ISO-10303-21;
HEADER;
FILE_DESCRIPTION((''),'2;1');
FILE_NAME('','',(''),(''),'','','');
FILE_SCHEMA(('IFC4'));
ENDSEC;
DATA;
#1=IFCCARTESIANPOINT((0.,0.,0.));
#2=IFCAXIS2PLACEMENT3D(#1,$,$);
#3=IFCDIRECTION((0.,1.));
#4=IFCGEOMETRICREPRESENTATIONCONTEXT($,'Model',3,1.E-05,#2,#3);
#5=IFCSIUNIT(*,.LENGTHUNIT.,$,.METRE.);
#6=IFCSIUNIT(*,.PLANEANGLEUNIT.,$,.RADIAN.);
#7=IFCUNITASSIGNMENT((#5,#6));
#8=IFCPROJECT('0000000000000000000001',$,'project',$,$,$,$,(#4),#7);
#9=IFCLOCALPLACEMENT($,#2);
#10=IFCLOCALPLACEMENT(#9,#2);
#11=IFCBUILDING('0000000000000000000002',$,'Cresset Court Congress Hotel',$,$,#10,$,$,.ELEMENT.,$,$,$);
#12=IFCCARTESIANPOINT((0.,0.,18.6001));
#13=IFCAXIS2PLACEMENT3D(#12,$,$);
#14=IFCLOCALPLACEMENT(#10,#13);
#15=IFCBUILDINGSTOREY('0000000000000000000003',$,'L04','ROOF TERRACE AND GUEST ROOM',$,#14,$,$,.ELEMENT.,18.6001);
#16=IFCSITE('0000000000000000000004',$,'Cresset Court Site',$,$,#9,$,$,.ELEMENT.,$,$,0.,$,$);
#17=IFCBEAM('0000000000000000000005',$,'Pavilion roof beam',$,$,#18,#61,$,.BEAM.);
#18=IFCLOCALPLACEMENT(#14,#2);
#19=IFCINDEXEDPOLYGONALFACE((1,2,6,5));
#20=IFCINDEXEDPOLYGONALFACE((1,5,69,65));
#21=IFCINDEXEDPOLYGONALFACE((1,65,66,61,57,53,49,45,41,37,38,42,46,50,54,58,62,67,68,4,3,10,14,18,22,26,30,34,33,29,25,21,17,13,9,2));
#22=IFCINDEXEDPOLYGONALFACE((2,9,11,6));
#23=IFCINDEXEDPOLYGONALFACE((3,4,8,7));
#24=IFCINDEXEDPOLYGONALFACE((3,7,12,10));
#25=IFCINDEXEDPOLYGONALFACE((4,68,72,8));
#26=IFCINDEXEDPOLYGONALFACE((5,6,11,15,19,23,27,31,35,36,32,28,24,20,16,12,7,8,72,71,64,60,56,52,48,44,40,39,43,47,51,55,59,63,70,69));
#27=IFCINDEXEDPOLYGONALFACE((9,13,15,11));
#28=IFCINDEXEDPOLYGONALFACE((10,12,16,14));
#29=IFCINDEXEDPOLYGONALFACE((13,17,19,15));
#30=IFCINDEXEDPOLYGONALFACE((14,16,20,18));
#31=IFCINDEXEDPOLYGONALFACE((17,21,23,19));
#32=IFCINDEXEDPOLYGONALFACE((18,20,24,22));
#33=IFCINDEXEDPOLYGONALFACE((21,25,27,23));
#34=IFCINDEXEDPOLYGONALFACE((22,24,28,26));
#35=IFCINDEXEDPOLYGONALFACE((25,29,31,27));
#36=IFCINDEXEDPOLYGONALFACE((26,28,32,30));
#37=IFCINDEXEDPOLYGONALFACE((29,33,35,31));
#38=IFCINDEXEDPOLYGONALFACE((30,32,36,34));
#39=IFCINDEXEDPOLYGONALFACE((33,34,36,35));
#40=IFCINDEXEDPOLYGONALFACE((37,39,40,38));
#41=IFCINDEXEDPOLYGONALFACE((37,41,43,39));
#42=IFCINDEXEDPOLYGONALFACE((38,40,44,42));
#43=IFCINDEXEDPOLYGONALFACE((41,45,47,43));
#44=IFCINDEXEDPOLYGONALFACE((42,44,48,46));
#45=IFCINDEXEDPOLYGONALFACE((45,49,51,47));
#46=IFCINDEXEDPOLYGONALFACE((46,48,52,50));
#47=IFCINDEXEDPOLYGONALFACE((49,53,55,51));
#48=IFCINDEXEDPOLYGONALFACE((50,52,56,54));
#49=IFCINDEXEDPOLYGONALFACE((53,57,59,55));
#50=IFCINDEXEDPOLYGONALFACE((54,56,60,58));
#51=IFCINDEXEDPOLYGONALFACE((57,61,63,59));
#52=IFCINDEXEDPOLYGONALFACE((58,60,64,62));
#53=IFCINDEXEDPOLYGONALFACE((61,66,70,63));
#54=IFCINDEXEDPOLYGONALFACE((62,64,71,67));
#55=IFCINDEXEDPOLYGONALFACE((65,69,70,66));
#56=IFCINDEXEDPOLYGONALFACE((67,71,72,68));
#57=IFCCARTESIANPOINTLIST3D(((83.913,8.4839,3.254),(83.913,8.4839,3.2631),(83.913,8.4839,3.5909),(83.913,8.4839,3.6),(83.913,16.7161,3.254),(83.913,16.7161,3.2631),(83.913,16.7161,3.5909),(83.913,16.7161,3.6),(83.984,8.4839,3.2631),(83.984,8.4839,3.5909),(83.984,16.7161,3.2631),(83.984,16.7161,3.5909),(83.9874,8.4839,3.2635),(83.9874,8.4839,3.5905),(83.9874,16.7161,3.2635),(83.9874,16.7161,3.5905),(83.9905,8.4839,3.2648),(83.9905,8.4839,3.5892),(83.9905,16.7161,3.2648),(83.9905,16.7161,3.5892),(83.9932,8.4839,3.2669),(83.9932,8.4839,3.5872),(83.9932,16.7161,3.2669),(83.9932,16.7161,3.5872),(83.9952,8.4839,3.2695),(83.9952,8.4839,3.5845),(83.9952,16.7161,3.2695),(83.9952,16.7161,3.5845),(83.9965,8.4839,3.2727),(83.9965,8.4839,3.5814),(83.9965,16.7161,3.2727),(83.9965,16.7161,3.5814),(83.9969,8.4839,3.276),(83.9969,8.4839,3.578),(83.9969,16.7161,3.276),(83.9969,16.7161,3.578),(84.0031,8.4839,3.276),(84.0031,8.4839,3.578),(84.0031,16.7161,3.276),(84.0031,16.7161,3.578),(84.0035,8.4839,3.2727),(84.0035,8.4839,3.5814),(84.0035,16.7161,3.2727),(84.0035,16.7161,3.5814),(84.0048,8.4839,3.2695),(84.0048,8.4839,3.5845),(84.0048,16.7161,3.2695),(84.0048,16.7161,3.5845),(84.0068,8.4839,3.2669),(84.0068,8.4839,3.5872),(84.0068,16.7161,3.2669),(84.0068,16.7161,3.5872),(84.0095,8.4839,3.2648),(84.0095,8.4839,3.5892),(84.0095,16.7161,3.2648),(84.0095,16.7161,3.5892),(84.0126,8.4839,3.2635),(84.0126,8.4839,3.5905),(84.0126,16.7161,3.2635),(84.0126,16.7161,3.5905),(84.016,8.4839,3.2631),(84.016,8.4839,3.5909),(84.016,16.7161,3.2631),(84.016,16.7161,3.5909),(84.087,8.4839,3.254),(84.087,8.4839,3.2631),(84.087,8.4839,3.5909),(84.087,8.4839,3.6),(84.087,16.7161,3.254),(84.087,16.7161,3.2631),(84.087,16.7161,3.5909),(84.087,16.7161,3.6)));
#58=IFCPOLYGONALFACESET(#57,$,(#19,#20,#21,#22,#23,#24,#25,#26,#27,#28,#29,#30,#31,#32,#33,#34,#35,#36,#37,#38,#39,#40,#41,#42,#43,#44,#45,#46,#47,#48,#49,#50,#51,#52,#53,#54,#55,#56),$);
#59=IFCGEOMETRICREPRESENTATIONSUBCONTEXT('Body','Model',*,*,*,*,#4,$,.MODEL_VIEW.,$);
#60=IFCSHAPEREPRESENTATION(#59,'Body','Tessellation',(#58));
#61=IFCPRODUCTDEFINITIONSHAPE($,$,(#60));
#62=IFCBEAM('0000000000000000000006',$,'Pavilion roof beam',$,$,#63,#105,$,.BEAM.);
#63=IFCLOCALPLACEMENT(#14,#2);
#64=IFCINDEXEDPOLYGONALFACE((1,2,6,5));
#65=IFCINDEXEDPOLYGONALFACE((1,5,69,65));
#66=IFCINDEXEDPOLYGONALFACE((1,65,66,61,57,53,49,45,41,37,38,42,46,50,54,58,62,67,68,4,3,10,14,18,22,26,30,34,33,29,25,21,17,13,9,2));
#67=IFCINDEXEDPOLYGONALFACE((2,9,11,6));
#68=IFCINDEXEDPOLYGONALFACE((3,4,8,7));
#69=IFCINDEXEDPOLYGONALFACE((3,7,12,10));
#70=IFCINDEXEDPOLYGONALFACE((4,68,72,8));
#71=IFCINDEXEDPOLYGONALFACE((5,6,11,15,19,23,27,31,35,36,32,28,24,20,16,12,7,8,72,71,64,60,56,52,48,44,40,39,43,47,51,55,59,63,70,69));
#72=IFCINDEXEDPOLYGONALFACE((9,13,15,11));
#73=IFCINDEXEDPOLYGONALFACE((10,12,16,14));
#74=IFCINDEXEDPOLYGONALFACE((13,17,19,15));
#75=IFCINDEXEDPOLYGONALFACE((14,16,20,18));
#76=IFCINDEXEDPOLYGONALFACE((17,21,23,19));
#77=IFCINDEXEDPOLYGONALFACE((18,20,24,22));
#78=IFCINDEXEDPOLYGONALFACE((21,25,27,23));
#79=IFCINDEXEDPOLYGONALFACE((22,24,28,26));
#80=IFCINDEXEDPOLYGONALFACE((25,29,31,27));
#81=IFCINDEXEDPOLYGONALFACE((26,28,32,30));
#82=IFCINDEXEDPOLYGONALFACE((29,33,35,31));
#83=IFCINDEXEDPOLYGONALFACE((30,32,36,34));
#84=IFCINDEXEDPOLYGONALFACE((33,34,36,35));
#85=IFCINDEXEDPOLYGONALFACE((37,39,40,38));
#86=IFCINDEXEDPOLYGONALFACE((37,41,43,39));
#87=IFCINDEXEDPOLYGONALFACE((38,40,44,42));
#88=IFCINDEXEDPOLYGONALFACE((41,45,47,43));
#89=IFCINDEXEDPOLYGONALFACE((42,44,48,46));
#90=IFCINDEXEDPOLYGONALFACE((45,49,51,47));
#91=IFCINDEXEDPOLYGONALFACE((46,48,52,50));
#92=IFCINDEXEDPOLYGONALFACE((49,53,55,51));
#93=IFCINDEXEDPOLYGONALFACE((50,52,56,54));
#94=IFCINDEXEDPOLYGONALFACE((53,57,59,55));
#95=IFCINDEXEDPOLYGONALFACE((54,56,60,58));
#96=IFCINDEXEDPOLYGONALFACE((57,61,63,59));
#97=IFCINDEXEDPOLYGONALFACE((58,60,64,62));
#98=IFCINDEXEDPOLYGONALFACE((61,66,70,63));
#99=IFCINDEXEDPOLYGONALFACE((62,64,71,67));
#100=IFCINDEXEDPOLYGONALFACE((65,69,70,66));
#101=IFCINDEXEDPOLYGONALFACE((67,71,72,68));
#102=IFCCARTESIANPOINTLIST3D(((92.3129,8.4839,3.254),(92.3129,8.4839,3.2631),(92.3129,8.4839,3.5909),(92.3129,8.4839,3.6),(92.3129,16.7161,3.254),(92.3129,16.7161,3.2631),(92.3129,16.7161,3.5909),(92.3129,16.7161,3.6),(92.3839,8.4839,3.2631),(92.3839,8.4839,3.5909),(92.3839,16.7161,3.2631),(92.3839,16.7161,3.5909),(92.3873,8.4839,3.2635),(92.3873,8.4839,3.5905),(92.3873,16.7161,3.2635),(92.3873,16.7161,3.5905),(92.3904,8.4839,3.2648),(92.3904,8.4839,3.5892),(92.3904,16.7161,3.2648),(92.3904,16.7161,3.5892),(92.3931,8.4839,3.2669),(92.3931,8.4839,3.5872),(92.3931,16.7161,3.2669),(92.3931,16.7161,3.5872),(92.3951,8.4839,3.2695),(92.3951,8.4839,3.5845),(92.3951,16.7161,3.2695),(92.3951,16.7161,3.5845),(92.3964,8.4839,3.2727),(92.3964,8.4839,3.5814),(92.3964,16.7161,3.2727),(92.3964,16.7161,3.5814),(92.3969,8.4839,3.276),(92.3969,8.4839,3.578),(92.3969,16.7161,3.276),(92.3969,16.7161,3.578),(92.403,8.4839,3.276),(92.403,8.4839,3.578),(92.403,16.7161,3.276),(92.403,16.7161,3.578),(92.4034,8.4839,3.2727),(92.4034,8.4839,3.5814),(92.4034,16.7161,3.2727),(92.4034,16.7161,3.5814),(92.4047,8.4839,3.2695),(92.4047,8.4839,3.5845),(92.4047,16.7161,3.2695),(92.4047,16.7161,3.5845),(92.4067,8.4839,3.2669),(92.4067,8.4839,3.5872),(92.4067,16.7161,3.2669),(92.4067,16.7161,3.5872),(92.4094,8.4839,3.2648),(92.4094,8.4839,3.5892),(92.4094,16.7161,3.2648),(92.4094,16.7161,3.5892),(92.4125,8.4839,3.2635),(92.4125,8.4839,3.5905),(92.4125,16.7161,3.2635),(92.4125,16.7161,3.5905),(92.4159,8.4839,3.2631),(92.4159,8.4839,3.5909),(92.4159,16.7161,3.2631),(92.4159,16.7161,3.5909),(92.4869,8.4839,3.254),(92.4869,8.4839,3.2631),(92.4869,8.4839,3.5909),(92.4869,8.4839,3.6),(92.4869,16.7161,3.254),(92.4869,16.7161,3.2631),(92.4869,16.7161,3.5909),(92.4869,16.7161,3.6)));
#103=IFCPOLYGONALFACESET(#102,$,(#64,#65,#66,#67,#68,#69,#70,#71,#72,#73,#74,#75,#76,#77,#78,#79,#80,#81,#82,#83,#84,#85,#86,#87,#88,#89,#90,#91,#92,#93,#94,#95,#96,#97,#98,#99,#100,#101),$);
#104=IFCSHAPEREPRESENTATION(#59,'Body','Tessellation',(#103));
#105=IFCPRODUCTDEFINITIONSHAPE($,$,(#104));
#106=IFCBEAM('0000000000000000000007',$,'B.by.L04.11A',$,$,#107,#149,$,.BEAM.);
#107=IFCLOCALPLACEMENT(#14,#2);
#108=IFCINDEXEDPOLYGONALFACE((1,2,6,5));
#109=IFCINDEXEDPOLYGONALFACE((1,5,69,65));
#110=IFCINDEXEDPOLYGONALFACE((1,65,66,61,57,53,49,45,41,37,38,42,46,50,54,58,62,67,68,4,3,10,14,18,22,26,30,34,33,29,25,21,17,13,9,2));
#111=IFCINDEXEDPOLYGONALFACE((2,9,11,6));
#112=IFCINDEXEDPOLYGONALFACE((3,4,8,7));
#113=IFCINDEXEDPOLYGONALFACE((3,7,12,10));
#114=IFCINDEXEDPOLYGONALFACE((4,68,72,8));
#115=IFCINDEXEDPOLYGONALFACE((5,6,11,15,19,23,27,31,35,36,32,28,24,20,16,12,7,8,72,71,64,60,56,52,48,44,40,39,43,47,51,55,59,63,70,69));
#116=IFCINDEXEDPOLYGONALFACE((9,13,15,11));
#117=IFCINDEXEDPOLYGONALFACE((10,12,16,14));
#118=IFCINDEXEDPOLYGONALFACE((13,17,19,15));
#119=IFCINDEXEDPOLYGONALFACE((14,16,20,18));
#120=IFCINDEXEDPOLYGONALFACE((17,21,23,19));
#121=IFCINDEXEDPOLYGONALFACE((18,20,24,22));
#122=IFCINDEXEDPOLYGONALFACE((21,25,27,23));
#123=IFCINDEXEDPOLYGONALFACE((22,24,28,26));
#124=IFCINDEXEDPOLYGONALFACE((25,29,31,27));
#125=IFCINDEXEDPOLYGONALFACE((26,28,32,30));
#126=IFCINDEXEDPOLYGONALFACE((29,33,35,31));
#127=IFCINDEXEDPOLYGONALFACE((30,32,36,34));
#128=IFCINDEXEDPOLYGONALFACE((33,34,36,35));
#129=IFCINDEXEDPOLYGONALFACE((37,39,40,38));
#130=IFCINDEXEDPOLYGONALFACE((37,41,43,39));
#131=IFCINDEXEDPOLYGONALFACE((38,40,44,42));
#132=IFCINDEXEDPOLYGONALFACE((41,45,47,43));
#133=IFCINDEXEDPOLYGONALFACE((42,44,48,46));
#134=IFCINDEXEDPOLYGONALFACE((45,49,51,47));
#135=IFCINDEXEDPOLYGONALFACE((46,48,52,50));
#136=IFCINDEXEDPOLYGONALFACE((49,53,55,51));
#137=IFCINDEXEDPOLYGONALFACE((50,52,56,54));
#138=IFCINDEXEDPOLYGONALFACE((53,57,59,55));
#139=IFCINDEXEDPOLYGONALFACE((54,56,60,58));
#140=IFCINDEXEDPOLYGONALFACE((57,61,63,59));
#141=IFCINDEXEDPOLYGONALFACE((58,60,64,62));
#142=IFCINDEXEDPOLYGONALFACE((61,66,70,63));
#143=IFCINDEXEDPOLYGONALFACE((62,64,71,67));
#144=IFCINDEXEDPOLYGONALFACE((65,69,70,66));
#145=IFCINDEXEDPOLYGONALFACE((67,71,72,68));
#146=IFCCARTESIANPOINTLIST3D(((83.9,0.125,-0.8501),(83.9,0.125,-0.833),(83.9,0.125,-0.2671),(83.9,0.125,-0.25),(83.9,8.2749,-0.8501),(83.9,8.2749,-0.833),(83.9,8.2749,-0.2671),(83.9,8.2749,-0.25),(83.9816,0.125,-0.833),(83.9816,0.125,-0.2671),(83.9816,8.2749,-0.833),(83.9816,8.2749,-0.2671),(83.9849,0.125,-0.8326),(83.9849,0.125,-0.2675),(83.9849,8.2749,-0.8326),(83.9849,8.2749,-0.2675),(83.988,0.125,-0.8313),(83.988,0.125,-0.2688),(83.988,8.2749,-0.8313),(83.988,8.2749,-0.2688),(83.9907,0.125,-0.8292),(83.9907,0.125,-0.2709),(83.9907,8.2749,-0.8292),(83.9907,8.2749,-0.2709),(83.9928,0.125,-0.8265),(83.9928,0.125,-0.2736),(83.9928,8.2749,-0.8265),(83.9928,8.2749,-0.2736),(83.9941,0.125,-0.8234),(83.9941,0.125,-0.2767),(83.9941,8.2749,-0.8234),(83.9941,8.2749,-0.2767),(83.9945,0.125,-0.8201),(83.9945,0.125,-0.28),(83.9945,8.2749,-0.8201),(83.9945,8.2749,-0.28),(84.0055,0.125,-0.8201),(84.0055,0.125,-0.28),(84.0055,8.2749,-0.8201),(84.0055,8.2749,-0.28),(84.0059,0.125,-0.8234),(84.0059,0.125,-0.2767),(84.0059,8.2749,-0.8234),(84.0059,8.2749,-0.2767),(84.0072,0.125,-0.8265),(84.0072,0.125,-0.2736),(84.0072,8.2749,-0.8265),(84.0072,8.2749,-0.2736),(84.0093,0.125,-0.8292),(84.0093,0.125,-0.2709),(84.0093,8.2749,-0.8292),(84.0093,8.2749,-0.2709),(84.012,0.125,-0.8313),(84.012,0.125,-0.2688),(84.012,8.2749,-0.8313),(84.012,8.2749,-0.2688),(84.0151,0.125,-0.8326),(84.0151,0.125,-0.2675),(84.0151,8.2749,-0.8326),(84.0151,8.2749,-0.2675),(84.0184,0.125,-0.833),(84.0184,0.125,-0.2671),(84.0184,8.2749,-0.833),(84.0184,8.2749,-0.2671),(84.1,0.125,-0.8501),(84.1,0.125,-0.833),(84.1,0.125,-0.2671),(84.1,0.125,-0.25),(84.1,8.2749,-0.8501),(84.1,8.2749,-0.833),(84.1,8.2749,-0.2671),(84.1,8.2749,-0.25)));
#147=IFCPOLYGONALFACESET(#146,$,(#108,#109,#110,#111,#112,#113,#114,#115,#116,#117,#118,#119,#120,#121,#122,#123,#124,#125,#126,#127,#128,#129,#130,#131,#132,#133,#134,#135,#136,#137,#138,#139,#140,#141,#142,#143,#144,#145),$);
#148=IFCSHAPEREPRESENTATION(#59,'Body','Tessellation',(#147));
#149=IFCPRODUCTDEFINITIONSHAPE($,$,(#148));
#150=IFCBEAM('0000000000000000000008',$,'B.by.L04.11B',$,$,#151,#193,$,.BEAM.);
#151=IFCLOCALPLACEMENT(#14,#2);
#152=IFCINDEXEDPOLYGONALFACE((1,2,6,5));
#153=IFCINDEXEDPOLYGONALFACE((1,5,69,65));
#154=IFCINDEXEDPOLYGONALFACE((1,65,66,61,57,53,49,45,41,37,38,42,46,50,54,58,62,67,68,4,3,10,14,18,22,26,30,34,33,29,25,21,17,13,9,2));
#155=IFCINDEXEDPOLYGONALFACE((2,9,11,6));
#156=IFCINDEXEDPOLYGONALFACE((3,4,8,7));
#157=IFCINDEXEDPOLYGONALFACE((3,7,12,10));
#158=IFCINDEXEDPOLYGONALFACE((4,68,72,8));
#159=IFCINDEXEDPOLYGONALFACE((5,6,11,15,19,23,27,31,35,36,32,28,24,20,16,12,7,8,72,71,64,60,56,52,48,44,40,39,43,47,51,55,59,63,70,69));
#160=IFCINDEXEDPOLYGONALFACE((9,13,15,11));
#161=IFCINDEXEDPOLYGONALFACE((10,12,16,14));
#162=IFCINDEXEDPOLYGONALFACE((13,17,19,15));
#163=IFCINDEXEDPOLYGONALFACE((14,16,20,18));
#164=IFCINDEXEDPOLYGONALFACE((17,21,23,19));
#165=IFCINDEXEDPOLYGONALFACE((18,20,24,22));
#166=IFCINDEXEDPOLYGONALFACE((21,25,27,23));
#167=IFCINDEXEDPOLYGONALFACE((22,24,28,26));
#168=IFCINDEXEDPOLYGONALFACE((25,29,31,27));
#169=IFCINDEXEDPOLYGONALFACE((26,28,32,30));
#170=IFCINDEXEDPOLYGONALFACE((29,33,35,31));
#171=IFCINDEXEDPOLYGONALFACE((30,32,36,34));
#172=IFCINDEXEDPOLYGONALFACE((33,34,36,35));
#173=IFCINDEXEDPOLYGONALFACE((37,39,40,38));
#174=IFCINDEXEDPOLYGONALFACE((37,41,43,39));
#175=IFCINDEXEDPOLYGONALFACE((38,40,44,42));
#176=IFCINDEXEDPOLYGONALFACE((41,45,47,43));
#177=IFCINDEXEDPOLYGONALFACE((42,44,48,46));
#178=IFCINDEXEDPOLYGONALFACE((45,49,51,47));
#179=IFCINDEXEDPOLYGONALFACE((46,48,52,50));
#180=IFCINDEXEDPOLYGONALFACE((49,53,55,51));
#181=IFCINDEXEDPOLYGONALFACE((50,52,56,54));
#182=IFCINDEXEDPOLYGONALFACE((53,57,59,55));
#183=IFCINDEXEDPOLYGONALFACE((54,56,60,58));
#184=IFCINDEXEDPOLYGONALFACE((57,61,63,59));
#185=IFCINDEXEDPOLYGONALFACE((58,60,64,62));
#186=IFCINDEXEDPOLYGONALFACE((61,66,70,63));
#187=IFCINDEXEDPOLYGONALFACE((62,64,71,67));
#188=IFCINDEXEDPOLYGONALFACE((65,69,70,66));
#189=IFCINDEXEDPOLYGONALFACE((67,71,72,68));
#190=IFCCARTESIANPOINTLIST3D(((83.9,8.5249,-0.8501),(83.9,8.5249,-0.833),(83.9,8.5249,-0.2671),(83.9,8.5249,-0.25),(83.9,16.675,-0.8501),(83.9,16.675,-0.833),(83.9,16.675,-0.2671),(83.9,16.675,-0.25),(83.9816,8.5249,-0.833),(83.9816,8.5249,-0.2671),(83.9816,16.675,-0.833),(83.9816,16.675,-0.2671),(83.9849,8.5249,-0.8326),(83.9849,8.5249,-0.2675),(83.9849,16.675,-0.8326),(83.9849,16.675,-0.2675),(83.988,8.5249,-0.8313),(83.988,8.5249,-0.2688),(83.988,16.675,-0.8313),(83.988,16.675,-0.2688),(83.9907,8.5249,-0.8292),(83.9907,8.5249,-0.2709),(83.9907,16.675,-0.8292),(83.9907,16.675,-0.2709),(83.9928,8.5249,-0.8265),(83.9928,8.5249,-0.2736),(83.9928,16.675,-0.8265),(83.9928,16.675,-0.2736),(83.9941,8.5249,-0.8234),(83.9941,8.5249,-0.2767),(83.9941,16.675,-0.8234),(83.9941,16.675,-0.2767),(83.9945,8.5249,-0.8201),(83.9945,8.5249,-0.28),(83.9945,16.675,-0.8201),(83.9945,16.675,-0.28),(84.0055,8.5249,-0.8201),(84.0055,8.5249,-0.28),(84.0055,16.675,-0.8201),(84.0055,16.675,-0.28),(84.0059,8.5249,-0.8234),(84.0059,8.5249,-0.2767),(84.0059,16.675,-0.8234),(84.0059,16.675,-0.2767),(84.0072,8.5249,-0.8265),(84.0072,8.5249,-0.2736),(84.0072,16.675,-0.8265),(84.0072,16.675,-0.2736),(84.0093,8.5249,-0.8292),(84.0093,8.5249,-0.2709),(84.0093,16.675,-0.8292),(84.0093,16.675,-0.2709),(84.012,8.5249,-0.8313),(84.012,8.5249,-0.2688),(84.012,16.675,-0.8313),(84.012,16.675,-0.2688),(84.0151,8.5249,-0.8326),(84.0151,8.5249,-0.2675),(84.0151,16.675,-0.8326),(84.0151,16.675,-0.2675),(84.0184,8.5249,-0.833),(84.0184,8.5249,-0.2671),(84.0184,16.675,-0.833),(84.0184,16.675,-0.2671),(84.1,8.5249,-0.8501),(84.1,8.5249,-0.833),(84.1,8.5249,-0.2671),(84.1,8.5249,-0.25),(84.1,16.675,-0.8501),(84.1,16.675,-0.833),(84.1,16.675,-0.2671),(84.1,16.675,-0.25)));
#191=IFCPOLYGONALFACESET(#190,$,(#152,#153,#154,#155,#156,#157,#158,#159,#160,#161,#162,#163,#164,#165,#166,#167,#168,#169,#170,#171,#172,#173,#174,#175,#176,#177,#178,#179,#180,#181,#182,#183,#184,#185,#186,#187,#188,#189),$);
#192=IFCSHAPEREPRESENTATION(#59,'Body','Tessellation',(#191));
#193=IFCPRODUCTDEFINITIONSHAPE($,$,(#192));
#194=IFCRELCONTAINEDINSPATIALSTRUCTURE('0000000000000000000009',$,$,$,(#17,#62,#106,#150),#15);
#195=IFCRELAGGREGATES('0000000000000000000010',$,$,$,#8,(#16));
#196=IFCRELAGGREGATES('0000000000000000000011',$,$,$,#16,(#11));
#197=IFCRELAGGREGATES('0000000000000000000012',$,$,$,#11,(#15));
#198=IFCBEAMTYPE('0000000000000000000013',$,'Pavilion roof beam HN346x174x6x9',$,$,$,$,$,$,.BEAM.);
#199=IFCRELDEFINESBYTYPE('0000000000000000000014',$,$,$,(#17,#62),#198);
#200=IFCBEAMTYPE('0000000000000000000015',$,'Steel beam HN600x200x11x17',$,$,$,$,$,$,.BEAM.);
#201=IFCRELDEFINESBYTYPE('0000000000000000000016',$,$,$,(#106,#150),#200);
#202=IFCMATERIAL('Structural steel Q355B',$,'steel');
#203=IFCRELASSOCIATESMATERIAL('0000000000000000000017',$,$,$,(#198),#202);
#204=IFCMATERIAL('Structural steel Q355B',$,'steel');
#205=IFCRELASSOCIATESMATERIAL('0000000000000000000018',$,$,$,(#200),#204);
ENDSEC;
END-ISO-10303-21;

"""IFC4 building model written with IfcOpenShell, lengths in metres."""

from ifc_helpers import new_model, si_unit, direction, frame, origin, origin_2d, place, context, subcontext, project, spatial, i_section, extrude, material, material_profile, profile_set, type_object, element, save


model = new_model("IFC4")

# Units and contexts
model_context = context("Model", 3, precision=1e-05, world=origin(), true_north=direction((0.0, 1.0)))
body_context = subcontext(model_context, "Body", "Model", "MODEL_VIEW")
ifc_project = project(units=[si_unit("LENGTHUNIT", "METRE"), si_unit("PLANEANGLEUNIT", "RADIAN")], contexts=[model_context])

# Site, building, storey
site_placement = place(None, origin())
site = spatial("IfcSite", under=ifc_project, at=site_placement, Name="Cresset Court Site", CompositionType="ELEMENT", RefElevation=0.0)
building_placement = place(site_placement, origin())
building = spatial("IfcBuilding", under=site, at=building_placement, Name="Cresset Court Congress Hotel", CompositionType="ELEMENT")
storey_placement = place(building_placement, frame((0.0, 0.0, 18.6001)))
storey = spatial("IfcBuildingStorey", under=building, at=storey_placement, Name="L04", Description="ROOF TERRACE AND GUEST ROOM", CompositionType="ELEMENT", Elevation=18.6001)

# Beams
ifc_material_1 = material(Name="Structural steel Q355B", Category="steel")
ifc_material_profile_1 = material_profile(ifc_material_1, i_section(OverallWidth=0.1741, OverallDepth=0.3459, WebThickness=0.0061, FlangeThickness=0.009, FilletRadius=0.0129, at=origin_2d()), Name="HN346x174x6x9")
ifc_profile_set_1 = profile_set([ifc_material_profile_1], Name="Structural steel Q355B")
beam_type_1 = type_object("IfcBeamType", Name="Pavilion roof beam HN346x174x6x9", PredefinedType="BEAM", material=ifc_profile_set_1)
for number, where, z_axis, x_axis, name in (
    (1, (84.0, 8.4839, 3.427), (0.0, 1.0, 0.0), (-1.0, 0.0, 0.0), "Pavilion roof beam"),
    (2, (92.3999, 8.4839, 3.427), (0.0, 1.0, 0.0), (-1.0, 0.0, 0.0), "Pavilion roof beam"),
):
    element("IfcBeam", number, at=place(storey_placement, frame(where, z_axis=z_axis, x_axis=x_axis)), inside=storey, type_object=beam_type_1, Name=name, PredefinedType="BEAM", context=body_context, shape_type="SweptSolid", body=[
        extrude(i_section(OverallWidth=0.1741, OverallDepth=0.3459, WebThickness=0.0061, FlangeThickness=0.009, FilletRadius=0.0129, at=origin_2d()), origin(), (0.0, 0.0, 1.0), 8.2322),
    ])
ifc_material_2 = material(Name="Structural steel Q355B", Category="steel")
ifc_material_profile_2 = material_profile(ifc_material_2, i_section(OverallWidth=0.2, OverallDepth=0.6001, WebThickness=0.011, FlangeThickness=0.0171, FilletRadius=0.0129, at=origin_2d()), Name="HN600x200x11x17")
ifc_profile_set_2 = profile_set([ifc_material_profile_2], Name="Structural steel Q355B")
beam_type_2 = type_object("IfcBeamType", Name="Steel beam HN600x200x11x17", PredefinedType="BEAM", material=ifc_profile_set_2)
beam_1_placement = place(storey_placement, frame((84.0, 0.125, -0.55), z_axis=(0.0, 1.0, 0.0), x_axis=(-1.0, 0.0, 0.0)))
element("IfcBeam", 3, at=beam_1_placement, inside=storey, type_object=beam_type_2, Name="B.by.L04.11A", PredefinedType="BEAM", context=body_context, shape_type="SweptSolid", body=[
    extrude(i_section(OverallWidth=0.2, OverallDepth=0.6001, WebThickness=0.011, FlangeThickness=0.0171, FilletRadius=0.0129, at=origin_2d()), origin(), (0.0, 0.0, 1.0), 8.1499),
])
beam_2_placement = place(storey_placement, frame((84.0, 8.5249, -0.55), z_axis=(0.0, 1.0, 0.0), x_axis=(-1.0, 0.0, 0.0)))
element("IfcBeam", 4, at=beam_2_placement, inside=storey, type_object=beam_type_2, Name="B.by.L04.11B", PredefinedType="BEAM", context=body_context, shape_type="SweptSolid", body=[
    extrude(i_section(OverallWidth=0.2, OverallDepth=0.6001, WebThickness=0.011, FlangeThickness=0.0171, FilletRadius=0.0129, at=origin_2d()), origin(), (0.0, 0.0, 1.0), 8.1501),
])

save(model, "model.ifc")
